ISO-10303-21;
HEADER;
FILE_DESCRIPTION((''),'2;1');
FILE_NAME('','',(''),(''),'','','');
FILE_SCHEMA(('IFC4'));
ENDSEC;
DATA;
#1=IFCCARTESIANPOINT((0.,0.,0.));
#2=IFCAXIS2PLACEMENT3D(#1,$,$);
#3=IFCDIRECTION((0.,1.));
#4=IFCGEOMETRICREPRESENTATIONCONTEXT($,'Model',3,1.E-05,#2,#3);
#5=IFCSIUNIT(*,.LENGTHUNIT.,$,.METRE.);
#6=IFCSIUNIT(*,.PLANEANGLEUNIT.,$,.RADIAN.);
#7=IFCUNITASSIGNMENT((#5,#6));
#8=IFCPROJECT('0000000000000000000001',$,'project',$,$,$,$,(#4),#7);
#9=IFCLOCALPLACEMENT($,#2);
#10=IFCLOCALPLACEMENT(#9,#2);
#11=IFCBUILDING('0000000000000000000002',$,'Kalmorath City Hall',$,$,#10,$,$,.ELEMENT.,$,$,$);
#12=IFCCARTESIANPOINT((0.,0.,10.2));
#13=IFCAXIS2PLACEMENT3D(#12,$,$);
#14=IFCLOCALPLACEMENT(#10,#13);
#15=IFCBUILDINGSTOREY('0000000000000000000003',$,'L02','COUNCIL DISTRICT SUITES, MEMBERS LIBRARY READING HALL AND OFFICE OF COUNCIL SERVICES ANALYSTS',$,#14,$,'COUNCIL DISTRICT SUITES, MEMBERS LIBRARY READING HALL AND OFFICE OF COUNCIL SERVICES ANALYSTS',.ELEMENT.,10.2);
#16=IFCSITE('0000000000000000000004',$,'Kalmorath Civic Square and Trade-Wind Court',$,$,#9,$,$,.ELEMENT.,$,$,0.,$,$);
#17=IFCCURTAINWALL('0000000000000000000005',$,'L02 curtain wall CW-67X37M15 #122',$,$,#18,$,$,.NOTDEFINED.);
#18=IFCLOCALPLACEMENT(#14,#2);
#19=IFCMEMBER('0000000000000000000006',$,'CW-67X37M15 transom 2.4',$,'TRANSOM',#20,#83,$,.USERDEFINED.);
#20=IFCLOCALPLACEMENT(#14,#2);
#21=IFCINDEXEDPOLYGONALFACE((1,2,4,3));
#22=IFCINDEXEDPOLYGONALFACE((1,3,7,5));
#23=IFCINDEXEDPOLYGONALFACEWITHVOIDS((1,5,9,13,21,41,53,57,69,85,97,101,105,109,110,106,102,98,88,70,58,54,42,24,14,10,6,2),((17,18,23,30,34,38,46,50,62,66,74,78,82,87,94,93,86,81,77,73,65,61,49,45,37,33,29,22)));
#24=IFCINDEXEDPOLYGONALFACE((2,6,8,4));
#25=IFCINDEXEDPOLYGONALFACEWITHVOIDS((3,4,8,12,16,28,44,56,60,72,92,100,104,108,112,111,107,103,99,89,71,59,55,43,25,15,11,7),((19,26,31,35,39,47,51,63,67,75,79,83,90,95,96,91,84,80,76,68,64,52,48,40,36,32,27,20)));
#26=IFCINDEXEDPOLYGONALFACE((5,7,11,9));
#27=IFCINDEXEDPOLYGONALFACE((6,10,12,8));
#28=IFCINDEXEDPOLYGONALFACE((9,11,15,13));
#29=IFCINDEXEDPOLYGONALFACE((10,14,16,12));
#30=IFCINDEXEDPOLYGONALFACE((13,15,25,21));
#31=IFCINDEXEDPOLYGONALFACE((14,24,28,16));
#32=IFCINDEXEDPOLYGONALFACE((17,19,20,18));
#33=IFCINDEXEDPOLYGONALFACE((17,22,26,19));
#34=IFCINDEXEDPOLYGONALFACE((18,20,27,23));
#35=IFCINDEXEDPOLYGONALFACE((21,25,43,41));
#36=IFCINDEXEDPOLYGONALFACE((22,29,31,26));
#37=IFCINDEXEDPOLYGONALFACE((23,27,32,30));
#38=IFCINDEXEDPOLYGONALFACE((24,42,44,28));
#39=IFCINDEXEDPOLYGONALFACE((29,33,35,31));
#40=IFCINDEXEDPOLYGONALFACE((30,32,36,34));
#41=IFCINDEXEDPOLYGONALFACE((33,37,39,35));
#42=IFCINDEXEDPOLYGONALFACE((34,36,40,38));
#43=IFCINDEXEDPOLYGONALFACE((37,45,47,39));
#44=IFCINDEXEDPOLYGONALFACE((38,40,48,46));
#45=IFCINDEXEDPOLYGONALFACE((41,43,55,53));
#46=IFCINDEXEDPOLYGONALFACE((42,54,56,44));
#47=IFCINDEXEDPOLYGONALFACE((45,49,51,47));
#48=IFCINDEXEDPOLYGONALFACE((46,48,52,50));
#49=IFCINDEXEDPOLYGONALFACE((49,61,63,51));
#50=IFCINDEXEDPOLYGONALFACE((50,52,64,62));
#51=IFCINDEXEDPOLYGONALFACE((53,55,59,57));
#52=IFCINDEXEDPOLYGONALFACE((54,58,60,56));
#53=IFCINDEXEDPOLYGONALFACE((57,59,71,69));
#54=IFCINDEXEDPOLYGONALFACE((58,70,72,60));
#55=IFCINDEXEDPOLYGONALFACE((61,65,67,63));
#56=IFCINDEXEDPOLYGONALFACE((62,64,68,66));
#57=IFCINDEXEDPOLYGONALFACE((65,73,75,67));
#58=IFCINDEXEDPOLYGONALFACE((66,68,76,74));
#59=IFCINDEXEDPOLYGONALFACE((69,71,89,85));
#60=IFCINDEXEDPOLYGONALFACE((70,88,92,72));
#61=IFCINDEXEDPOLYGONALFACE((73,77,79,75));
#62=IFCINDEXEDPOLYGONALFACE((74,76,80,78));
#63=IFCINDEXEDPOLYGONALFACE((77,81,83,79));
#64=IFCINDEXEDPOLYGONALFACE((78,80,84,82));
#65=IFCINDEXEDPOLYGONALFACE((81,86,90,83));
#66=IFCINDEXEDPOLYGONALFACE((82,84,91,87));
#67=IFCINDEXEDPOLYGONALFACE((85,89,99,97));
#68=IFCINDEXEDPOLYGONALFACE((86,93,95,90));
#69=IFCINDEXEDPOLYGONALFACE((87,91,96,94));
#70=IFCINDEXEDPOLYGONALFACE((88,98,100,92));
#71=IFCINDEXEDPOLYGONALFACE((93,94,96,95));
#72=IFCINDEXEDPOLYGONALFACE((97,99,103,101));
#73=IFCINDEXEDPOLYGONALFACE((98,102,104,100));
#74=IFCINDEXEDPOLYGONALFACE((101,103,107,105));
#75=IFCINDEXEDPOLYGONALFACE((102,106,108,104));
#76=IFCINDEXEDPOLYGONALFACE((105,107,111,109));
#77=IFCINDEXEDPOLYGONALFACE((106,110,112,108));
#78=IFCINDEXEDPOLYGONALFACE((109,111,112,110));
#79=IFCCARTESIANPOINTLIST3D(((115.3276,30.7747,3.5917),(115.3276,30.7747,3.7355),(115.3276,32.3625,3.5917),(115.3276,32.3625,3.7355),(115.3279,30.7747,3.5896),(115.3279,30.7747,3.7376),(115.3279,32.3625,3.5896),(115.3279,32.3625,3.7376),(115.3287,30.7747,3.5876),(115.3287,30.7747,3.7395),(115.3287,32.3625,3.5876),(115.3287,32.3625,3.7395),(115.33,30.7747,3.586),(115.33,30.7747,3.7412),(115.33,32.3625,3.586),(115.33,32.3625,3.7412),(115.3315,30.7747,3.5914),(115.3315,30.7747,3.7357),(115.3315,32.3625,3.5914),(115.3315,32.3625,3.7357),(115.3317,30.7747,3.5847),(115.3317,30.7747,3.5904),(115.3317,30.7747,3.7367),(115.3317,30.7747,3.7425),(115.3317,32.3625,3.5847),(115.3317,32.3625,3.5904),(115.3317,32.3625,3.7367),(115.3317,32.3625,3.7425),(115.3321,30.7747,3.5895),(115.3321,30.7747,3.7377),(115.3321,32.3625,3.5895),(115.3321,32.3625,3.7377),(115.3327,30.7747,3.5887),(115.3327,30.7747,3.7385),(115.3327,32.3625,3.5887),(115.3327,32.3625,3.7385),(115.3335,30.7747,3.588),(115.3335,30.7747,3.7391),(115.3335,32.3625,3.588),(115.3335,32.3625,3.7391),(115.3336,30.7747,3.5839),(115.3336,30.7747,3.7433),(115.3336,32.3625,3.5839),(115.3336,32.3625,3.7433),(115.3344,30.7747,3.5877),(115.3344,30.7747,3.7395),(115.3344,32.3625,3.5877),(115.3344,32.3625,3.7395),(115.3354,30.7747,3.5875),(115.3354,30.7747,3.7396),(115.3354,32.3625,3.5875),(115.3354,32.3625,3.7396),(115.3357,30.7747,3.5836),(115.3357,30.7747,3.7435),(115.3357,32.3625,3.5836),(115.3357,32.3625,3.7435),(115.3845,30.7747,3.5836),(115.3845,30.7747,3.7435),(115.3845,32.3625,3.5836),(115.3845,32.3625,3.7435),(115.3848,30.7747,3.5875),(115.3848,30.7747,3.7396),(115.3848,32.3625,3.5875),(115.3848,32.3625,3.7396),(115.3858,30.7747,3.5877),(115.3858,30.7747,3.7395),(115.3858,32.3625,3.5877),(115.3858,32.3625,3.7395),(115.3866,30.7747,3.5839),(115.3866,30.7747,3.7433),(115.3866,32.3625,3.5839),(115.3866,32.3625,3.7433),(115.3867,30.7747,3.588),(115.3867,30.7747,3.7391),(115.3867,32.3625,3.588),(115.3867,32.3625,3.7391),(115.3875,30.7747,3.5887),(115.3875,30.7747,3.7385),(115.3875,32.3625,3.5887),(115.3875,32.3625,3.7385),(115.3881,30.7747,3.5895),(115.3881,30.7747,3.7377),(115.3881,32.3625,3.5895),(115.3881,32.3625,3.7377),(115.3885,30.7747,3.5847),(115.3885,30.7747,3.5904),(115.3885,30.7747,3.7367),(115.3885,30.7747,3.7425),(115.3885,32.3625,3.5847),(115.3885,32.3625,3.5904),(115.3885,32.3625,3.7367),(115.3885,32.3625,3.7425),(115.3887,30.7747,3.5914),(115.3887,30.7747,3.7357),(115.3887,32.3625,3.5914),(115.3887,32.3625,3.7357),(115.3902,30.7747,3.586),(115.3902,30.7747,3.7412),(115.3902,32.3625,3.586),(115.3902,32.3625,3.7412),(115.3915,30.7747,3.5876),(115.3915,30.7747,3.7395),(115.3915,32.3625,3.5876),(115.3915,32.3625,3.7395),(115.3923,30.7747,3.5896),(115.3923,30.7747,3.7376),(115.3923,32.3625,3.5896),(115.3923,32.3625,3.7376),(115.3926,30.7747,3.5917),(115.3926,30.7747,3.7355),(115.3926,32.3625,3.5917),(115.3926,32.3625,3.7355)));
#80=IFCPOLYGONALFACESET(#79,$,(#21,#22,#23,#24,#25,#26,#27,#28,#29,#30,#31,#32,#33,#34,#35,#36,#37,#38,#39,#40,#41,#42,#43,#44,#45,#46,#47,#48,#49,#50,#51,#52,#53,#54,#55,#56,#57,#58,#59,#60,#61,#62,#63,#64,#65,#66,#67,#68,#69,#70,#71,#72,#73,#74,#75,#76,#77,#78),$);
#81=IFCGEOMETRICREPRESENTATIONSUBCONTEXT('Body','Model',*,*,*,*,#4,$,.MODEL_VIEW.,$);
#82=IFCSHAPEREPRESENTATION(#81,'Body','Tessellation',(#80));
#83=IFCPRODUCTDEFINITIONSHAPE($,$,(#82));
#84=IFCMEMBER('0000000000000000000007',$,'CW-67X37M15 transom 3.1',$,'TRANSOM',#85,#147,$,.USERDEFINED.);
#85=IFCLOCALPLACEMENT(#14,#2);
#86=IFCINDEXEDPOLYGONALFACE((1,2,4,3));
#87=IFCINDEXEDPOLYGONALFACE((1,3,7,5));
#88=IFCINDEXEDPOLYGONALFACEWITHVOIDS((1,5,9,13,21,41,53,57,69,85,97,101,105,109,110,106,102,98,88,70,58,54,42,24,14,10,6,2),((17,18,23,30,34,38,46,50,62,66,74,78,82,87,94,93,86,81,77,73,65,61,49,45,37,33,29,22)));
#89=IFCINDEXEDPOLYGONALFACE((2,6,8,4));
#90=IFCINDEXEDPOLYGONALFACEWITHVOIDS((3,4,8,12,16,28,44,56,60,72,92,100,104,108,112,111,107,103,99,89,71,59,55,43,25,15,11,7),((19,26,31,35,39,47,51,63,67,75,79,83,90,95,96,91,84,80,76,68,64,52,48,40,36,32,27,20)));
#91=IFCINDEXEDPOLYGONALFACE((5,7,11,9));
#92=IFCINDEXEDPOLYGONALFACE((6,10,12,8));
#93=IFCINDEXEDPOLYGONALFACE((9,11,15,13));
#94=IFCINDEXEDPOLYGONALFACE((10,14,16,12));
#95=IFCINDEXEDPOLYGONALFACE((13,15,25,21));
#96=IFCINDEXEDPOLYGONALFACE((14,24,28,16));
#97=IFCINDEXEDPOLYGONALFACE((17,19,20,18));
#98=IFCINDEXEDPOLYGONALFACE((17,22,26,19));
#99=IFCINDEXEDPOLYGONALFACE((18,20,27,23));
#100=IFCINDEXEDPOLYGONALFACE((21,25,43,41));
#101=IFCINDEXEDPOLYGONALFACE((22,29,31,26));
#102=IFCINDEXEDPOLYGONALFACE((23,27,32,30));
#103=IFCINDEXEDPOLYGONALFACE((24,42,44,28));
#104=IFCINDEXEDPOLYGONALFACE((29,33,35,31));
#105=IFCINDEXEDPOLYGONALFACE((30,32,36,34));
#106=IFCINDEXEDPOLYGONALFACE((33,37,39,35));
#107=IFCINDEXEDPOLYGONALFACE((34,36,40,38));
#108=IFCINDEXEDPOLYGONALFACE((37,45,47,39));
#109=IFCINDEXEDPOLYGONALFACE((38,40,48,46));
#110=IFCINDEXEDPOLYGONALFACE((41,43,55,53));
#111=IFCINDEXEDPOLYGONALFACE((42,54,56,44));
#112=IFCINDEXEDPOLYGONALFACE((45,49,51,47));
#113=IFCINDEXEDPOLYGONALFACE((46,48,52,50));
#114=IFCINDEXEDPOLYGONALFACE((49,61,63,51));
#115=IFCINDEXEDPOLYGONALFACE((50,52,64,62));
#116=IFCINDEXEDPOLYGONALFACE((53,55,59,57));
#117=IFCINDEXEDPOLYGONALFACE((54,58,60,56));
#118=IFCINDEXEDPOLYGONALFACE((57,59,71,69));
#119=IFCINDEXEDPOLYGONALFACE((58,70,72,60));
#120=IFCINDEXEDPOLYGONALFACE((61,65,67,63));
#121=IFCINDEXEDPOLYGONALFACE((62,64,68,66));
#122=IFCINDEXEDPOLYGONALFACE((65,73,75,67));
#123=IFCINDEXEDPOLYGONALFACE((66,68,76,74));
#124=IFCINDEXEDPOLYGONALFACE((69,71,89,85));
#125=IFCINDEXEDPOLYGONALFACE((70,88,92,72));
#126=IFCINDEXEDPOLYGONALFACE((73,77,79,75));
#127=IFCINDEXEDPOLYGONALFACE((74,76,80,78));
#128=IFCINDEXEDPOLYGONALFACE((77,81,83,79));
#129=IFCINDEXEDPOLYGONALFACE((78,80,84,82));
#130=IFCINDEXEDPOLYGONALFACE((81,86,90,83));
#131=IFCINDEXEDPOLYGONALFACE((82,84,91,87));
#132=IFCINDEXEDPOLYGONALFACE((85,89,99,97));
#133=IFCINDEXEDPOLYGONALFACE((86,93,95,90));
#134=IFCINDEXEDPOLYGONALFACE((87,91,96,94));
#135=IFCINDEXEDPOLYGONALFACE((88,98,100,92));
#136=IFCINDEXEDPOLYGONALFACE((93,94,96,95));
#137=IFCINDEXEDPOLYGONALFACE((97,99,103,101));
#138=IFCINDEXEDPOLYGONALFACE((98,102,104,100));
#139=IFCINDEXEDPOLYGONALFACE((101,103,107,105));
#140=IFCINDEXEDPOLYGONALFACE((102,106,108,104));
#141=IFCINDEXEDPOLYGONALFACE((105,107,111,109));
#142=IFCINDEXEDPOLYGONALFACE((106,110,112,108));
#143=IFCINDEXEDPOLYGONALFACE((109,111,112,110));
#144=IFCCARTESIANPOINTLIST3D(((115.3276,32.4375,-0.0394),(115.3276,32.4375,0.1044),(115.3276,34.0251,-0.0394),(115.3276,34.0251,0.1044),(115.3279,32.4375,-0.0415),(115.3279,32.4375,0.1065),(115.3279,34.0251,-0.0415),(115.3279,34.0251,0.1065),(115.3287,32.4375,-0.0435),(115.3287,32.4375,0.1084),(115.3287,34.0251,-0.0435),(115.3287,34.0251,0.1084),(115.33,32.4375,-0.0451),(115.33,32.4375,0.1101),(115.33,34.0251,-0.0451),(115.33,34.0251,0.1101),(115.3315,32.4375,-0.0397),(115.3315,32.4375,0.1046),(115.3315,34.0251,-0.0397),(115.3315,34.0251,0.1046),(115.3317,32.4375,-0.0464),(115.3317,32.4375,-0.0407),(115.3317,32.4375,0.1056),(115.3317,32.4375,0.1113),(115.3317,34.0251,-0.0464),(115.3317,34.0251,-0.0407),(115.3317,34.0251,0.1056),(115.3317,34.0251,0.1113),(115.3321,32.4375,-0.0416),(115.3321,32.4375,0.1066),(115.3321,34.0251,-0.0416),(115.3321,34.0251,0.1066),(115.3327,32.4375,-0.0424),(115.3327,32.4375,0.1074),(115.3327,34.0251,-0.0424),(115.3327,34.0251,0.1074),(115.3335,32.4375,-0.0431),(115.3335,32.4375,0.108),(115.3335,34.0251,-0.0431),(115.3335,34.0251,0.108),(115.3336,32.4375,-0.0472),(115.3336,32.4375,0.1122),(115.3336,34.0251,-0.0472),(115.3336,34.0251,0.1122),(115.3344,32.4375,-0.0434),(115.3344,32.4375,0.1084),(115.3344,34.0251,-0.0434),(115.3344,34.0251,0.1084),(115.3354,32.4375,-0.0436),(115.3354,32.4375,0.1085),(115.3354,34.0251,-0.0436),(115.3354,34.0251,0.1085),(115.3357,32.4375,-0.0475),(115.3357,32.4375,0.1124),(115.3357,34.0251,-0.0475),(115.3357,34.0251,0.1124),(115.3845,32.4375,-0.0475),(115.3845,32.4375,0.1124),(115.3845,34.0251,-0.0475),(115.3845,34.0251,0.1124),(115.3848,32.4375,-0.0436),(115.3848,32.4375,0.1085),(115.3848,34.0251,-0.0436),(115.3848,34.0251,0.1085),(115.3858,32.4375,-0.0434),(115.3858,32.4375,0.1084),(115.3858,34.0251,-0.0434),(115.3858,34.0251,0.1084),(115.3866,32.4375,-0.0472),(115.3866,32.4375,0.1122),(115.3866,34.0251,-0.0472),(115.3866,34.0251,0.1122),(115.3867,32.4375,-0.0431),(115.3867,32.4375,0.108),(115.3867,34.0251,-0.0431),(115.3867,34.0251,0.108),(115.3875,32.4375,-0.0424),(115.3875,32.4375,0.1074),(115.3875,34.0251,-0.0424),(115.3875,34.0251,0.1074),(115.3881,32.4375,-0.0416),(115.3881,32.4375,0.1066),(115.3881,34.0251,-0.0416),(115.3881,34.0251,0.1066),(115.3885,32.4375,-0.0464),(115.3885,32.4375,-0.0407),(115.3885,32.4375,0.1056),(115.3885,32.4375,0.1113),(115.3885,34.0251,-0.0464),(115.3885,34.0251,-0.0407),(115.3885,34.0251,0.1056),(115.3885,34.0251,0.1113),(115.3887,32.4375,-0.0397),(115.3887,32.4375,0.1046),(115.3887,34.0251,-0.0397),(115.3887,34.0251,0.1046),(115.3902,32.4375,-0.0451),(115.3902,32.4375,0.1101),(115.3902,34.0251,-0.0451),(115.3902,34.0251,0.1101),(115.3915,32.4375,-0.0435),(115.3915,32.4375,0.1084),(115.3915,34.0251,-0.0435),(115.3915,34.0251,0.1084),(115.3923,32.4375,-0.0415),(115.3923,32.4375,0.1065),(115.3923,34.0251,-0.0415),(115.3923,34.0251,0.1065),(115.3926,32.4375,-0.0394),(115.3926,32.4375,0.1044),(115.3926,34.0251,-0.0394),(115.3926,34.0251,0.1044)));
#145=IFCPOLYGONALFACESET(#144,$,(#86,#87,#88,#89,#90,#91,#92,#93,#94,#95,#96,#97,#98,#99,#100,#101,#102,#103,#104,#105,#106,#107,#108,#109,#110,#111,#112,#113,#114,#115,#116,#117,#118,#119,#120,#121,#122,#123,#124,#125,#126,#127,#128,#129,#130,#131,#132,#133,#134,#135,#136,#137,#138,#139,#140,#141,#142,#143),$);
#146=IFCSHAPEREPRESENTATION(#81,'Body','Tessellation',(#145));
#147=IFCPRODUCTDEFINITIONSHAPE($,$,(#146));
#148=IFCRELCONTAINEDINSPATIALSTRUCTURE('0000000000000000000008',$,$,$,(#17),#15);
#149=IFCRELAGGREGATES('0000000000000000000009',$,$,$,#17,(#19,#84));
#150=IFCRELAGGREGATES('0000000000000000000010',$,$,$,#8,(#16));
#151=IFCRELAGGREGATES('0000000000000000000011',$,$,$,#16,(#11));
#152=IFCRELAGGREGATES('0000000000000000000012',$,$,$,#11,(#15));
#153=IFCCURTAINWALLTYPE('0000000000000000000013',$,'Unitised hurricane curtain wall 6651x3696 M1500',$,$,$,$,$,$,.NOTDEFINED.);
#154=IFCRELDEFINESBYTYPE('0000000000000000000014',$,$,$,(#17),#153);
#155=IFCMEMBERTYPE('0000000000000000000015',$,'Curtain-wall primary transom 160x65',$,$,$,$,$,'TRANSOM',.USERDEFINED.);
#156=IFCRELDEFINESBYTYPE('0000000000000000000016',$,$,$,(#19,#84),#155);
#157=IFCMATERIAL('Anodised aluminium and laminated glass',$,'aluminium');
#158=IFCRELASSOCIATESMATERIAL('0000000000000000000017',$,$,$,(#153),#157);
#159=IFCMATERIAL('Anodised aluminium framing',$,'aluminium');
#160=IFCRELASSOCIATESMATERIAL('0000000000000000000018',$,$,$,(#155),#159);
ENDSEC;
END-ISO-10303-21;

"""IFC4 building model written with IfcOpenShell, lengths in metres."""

from ifc_helpers import new_model, si_unit, direction, frame, origin, origin_2d, place, context, subcontext, project, spatial, hollow_rectangle, extrude, material, material_profile, profile_set, type_object, element, aggregate, save


model = new_model("IFC4")

# Units and contexts
model_context = context("Model", 3, precision=1e-05, world=origin(), true_north=direction((0.0, 1.0)))
body_context = subcontext(model_context, "Body", "Model", "MODEL_VIEW")
ifc_project = project(units=[si_unit("LENGTHUNIT", "METRE"), si_unit("PLANEANGLEUNIT", "RADIAN")], contexts=[model_context])

# Site, building, storey
site_placement = place(None, origin())
site = spatial("IfcSite", under=ifc_project, at=site_placement, Name="Kalmorath Civic Square and Trade-Wind Court", CompositionType="ELEMENT", RefElevation=0.0)
building_placement = place(site_placement, origin())
building = spatial("IfcBuilding", under=site, at=building_placement, Name="Kalmorath City Hall", CompositionType="ELEMENT")
storey_placement = place(building_placement, frame((0.0, 0.0, 10.2)))
storey = spatial("IfcBuildingStorey", under=building, at=storey_placement, Name="L02", Description="COUNCIL DISTRICT SUITES, MEMBERS LIBRARY READING HALL AND OFFICE OF COUNCIL SERVICES ANALYSTS", LongName="COUNCIL DISTRICT SUITES, MEMBERS LIBRARY READING HALL AND OFFICE OF COUNCIL SERVICES ANALYSTS", CompositionType="ELEMENT", Elevation=10.2)

# Curtain wall
ifc_material_1 = material(Name="Anodised aluminium and laminated glass", Category="aluminium")
curtain_wall_type_1 = type_object("IfcCurtainWallType", Name="Unitised hurricane curtain wall 6651x3696 M1500", PredefinedType="NOTDEFINED", material=ifc_material_1)
curtain_wall_1_placement = place(storey_placement, origin())
curtain_wall_1 = element("IfcCurtainWall", 1, at=curtain_wall_1_placement, inside=storey, type_object=curtain_wall_type_1, Name="L02 curtain wall CW-67X37M15 #122", PredefinedType="NOTDEFINED")

# Members
ifc_material_2 = material(Name="Anodised aluminium framing", Category="aluminium")
ifc_material_profile_1 = material_profile(ifc_material_2, hollow_rectangle(XDim=0.0649, YDim=0.1599, WallThickness=0.0039, InnerFilletRadius=0.0039, OuterFilletRadius=0.0081, at=origin_2d()), Name="ALU-TRN-160X65X4")
ifc_profile_set_1 = profile_set([ifc_material_profile_1], Name="Anodised aluminium framing")
member_type_1 = type_object("IfcMemberType", Name="Curtain-wall primary transom 160x65", ElementType="TRANSOM", PredefinedType="USERDEFINED", material=ifc_profile_set_1)
member_1_placement = place(storey_placement, frame((115.3601, 30.7747, 3.6636), z_axis=(0.0, 1.0, 0.0), x_axis=(-1.0, 0.0, 0.0)))
member_1 = element("IfcMember", 2, at=member_1_placement, type_object=member_type_1, Name="CW-67X37M15 transom 2.4", ObjectType="TRANSOM", PredefinedType="USERDEFINED", context=body_context, shape_type="SweptSolid", body=[
    extrude(hollow_rectangle(XDim=0.0649, YDim=0.1599, WallThickness=0.0039, InnerFilletRadius=0.0039, OuterFilletRadius=0.0081, at=origin_2d()), origin(), (0.0, 0.0, 1.0), 1.5879),
])
member_2_placement = place(storey_placement, frame((115.3601, 32.4375, 0.0325), z_axis=(0.0, 1.0, 0.0), x_axis=(-1.0, 0.0, 0.0)))
member_2 = element("IfcMember", 3, at=member_2_placement, type_object=member_type_1, Name="CW-67X37M15 transom 3.1", ObjectType="TRANSOM", PredefinedType="USERDEFINED", context=body_context, shape_type="SweptSolid", body=[
    extrude(hollow_rectangle(XDim=0.0649, YDim=0.1599, WallThickness=0.0039, InnerFilletRadius=0.0039, OuterFilletRadius=0.0081, at=origin_2d()), origin(), (0.0, 0.0, 1.0), 1.5876),
])

aggregate(curtain_wall_1, [member_1, member_2])

save(model, "model.ifc")
